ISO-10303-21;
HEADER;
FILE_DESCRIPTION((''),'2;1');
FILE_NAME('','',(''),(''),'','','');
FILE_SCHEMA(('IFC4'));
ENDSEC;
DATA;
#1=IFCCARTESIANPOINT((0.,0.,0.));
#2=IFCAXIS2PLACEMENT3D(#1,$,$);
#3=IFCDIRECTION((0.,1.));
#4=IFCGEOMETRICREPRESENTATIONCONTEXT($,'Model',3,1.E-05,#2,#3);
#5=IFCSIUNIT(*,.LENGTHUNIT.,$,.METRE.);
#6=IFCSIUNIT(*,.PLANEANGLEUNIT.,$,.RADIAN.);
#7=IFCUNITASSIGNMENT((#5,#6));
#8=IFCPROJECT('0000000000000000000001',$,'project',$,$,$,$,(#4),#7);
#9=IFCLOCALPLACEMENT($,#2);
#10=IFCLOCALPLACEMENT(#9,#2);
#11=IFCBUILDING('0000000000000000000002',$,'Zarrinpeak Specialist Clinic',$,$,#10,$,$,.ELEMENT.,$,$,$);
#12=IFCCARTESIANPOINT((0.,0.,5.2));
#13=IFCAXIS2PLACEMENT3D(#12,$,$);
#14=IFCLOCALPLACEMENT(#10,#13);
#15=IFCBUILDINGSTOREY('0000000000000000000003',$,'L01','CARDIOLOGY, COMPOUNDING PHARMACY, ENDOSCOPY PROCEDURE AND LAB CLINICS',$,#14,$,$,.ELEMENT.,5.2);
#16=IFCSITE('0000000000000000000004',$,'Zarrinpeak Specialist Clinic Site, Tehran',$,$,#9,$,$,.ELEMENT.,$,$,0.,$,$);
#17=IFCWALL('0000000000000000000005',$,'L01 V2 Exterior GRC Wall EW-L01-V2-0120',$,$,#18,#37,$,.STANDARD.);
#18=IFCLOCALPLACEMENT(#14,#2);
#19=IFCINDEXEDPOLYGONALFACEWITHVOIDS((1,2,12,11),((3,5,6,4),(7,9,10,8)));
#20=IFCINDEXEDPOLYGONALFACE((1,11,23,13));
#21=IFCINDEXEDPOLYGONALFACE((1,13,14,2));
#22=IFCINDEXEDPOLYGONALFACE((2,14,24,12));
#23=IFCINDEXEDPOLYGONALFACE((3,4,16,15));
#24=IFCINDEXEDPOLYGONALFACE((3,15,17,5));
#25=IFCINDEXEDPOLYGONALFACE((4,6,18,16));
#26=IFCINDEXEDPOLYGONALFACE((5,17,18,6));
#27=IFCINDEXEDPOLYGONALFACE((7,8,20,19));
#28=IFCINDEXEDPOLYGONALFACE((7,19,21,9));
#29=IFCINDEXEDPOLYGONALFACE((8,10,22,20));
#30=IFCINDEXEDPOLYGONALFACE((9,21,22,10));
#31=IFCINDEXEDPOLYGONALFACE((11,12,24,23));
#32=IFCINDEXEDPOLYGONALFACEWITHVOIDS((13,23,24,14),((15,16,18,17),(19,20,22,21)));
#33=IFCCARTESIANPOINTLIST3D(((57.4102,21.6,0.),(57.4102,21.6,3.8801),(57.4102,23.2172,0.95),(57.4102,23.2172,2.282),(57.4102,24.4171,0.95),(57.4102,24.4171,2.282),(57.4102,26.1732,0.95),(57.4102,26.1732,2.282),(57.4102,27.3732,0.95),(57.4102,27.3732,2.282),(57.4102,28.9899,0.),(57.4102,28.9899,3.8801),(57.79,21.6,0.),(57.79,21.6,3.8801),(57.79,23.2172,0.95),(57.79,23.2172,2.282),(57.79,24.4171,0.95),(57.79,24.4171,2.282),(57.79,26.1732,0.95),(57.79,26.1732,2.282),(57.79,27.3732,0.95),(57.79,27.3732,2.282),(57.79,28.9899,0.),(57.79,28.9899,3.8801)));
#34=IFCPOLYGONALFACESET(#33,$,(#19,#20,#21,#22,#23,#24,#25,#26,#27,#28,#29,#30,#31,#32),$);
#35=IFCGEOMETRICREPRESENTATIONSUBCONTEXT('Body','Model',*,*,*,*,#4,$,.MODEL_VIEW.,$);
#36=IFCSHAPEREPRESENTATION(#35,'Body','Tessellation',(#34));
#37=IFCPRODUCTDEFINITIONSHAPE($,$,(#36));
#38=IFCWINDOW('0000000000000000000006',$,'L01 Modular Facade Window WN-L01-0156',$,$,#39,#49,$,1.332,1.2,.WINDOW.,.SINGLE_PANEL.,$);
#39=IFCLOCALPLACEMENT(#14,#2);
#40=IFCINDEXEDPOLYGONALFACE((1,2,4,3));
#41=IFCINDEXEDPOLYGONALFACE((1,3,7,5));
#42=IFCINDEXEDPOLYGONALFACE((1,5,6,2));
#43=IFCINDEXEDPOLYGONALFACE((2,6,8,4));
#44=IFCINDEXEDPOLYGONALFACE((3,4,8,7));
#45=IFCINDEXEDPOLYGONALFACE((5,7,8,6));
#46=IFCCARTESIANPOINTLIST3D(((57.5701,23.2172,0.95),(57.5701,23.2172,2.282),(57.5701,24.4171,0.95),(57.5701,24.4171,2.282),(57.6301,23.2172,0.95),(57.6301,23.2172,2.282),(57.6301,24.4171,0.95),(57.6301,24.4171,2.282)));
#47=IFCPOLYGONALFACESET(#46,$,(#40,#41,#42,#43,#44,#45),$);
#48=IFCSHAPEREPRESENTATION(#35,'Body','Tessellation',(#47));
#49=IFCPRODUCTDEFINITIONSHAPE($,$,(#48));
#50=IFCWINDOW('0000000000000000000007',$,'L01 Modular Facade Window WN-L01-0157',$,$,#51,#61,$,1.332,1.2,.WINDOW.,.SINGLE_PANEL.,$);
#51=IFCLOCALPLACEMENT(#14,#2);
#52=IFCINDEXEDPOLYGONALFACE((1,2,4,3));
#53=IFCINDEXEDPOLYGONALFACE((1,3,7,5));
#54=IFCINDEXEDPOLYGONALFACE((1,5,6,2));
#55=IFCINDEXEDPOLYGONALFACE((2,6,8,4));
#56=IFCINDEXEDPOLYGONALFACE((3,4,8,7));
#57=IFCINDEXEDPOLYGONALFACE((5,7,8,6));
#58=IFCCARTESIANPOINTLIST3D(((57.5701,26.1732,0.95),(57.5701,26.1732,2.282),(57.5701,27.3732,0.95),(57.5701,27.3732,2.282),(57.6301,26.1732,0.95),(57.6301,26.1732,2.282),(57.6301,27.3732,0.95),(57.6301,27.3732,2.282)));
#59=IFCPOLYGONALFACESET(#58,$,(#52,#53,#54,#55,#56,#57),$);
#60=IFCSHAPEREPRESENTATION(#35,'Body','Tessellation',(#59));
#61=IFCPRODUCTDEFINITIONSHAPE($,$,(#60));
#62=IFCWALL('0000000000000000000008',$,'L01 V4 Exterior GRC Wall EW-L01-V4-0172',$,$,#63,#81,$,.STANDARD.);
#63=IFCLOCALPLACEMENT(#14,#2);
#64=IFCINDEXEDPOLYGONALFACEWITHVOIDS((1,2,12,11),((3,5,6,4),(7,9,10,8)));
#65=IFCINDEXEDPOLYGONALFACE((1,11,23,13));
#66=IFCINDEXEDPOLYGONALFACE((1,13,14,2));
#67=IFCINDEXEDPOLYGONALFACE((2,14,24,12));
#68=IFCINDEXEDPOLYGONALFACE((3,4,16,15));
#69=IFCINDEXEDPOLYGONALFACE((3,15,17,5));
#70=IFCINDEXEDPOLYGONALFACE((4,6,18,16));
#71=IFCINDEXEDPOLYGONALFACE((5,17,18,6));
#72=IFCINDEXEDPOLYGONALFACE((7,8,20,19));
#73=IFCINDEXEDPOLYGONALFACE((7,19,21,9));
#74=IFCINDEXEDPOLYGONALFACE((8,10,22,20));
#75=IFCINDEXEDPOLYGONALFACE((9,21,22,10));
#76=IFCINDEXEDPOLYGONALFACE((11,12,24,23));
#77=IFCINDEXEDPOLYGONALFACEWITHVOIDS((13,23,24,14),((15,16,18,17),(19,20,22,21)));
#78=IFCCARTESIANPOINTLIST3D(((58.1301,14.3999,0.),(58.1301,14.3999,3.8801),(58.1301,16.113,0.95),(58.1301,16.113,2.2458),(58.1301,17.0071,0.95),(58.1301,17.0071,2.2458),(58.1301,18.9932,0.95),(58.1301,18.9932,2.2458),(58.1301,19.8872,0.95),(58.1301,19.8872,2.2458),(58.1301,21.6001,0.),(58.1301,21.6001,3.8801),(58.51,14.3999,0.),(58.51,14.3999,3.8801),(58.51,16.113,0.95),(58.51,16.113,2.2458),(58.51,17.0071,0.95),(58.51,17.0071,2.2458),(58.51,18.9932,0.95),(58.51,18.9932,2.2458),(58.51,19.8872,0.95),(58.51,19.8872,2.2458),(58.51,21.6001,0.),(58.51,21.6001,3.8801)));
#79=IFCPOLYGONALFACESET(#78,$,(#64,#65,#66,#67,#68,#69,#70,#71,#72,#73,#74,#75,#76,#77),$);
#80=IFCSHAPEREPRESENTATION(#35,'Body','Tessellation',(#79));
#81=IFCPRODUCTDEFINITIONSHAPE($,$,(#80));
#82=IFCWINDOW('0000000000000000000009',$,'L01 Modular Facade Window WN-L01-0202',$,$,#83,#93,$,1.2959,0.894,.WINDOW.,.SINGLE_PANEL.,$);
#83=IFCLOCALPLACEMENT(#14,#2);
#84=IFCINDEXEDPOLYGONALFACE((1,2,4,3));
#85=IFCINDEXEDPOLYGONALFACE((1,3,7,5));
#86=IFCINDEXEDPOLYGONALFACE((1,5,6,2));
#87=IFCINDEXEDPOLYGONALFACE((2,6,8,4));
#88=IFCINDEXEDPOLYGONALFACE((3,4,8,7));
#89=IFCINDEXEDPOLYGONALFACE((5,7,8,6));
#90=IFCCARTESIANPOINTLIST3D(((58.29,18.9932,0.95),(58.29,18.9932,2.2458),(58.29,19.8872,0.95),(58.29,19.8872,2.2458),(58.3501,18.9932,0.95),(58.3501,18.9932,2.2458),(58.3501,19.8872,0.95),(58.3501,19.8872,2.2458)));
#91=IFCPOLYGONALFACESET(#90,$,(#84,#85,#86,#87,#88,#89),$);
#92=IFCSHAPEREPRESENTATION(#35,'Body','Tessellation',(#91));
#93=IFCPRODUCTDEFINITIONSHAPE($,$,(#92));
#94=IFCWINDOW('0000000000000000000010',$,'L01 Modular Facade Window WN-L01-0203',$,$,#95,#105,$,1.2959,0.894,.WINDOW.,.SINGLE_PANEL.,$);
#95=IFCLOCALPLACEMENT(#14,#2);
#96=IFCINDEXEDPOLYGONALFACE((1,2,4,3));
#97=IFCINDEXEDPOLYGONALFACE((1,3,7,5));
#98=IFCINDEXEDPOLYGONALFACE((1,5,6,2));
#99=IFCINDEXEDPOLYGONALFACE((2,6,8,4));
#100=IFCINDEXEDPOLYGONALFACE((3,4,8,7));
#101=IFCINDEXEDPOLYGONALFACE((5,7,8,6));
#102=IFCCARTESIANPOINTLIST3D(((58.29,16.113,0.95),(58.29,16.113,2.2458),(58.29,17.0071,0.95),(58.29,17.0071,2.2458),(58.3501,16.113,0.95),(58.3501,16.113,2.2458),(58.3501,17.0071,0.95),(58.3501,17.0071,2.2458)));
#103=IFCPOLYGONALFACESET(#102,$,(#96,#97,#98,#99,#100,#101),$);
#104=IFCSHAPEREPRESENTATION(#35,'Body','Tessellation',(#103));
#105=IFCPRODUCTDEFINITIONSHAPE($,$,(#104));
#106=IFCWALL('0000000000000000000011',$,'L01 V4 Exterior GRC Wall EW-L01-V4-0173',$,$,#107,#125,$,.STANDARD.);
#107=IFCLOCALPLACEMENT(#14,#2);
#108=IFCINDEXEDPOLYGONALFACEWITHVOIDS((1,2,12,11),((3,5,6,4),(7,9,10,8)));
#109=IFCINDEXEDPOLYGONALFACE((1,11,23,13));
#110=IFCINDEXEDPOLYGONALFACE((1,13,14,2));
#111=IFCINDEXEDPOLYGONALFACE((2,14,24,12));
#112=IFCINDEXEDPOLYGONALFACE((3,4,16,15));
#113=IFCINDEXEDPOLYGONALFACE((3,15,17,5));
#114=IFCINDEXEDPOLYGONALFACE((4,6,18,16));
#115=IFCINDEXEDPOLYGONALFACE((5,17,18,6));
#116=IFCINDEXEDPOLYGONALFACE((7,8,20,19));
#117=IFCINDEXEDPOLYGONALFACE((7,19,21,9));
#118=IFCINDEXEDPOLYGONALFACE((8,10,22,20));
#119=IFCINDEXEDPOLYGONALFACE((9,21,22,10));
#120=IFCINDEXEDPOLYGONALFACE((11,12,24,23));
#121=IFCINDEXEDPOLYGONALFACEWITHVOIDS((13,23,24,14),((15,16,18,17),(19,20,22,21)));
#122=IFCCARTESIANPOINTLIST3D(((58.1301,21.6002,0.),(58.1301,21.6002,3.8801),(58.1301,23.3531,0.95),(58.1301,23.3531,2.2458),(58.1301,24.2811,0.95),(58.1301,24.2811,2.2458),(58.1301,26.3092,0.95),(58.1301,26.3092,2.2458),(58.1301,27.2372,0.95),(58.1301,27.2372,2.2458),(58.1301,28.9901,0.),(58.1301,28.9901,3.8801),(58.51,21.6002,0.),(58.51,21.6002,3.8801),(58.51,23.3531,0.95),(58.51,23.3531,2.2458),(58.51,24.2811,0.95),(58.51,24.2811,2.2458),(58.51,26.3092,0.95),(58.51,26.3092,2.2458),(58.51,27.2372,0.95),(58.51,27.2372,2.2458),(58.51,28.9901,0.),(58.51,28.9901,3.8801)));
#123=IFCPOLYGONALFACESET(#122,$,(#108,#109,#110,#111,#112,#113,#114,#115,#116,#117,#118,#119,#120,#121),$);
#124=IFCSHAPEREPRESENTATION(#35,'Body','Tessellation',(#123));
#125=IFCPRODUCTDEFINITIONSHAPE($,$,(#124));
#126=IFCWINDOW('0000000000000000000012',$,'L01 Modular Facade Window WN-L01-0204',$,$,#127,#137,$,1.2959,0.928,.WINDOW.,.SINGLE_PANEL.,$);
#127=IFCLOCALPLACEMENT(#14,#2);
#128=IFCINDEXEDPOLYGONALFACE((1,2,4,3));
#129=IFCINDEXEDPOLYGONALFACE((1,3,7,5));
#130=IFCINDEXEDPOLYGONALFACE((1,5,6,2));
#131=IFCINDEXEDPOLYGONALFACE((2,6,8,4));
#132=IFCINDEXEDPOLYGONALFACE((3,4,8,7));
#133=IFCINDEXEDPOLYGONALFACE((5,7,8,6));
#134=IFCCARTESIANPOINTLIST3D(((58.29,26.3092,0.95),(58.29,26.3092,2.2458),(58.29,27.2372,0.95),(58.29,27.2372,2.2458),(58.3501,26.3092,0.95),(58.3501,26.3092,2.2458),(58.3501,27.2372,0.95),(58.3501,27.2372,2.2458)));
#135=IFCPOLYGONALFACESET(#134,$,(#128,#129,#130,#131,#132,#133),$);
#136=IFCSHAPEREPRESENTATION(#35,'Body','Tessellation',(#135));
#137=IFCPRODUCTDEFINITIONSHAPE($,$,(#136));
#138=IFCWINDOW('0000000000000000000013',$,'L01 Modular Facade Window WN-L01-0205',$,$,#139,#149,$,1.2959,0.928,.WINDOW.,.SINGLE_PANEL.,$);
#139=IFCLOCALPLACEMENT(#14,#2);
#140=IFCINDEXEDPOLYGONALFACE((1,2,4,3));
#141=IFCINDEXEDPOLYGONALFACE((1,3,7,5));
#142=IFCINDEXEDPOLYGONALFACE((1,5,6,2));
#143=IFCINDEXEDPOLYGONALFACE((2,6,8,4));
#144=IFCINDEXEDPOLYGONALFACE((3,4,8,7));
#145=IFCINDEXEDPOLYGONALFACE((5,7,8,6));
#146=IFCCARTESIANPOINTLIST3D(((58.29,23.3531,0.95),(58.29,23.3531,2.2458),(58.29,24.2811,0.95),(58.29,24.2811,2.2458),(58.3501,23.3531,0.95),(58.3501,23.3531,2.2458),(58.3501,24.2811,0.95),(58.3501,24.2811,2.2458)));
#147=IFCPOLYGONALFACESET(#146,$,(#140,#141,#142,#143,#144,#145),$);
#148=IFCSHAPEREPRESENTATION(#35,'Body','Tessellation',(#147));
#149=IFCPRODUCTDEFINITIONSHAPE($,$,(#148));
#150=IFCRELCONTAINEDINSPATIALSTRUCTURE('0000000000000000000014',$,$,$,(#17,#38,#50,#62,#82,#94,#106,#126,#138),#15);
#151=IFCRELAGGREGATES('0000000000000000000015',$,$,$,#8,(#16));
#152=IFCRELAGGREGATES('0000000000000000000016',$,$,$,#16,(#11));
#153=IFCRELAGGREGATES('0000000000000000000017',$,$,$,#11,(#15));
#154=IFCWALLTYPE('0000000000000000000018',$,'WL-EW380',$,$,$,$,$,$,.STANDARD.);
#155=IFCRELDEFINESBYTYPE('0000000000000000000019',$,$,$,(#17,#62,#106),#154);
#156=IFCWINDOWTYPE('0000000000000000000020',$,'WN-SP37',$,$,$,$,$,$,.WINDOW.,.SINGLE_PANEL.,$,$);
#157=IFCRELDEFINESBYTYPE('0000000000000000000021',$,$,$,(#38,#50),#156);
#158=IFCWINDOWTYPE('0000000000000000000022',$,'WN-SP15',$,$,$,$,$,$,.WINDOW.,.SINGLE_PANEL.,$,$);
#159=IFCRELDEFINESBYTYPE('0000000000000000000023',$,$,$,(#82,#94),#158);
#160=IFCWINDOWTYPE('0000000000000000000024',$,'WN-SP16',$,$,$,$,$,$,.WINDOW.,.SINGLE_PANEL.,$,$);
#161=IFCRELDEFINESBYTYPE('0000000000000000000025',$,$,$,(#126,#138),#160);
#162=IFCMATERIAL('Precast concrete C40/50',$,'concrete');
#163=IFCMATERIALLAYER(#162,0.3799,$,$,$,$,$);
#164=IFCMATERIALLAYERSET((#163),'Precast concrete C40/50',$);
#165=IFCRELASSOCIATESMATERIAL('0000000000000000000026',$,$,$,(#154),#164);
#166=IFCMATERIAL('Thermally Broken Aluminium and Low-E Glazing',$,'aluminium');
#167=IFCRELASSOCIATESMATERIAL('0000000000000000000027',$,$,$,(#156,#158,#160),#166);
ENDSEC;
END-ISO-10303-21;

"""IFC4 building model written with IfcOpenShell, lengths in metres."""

from ifc_helpers import new_model, si_unit, direction, frame, frame_2d, origin, place, context, subcontext, project, spatial, rectangle, extrude, material, layer, layer_set, type_object, element, fill, save


model = new_model("IFC4")

# Units and contexts
model_context = context("Model", 3, precision=1e-05, world=origin(), true_north=direction((0.0, 1.0)))
body_context = subcontext(model_context, "Body", "Model", "MODEL_VIEW")
ifc_project = project(units=[si_unit("LENGTHUNIT", "METRE"), si_unit("PLANEANGLEUNIT", "RADIAN")], contexts=[model_context])

# Site, building, storey
site_placement = place(None, origin())
site = spatial("IfcSite", under=ifc_project, at=site_placement, Name="Zarrinpeak Specialist Clinic Site, Tehran", CompositionType="ELEMENT", RefElevation=0.0)
building_placement = place(site_placement, origin())
building = spatial("IfcBuilding", under=site, at=building_placement, Name="Zarrinpeak Specialist Clinic", CompositionType="ELEMENT")
storey_placement = place(building_placement, frame((0.0, 0.0, 5.2)))
storey = spatial("IfcBuildingStorey", under=building, at=storey_placement, Name="L01", Description="CARDIOLOGY, COMPOUNDING PHARMACY, ENDOSCOPY PROCEDURE AND LAB CLINICS", CompositionType="ELEMENT", Elevation=5.2)

# Shared definitions
ifc_material_1 = material(Name="Precast concrete C40/50", Category="concrete")
ifc_layer = layer(ifc_material_1, 0.3799)
ifc_layer_set = layer_set([ifc_layer], Name="Precast concrete C40/50")
wall_type = type_object("IfcWallType", Name="WL-EW380", PredefinedType="STANDARD", material=ifc_layer_set)
ifc_material_2 = material(Name="Thermally Broken Aluminium and Low-E Glazing", Category="aluminium")

# Walls, openings, windows
wall_1_placement = place(storey_placement, frame((57.6001, 21.6001, 0.0), z_axis=(0.0, 0.0, 1.0), x_axis=(0.0, 1.0, 0.0)))
wall_1 = element("IfcWall", 1, at=wall_1_placement, inside=storey, type_object=wall_type, Name="L01 V2 Exterior GRC Wall EW-L01-V2-0120", PredefinedType="STANDARD", context=body_context, shape_type="SweptSolid", body=[
    extrude(rectangle(XDim=7.3899, YDim=0.3799, at=frame_2d((3.6948, 0.0))), origin(), (0.0, 0.0, 1.0), 3.8801),
])
opening_1_placement = place(wall_1_placement, frame((1.6169, 0.0, 0.95)))
opening_1 = element("IfcOpeningElement", 2, at=opening_1_placement, cuts=wall_1, PredefinedType="OPENING", context=body_context, shape_type="SweptSolid", body=[
    extrude(rectangle(XDim=1.2, YDim=1.332, at=frame_2d((0.6001, 0.666))), frame((0.0, 0.2, 0.0), z_axis=(0.0, -1.0, 0.0), x_axis=(1.0, 0.0, 0.0)), (0.0, 0.0, 1.0), 0.3999),
])
opening_2_placement = place(wall_1_placement, frame((4.573, 0.0, 0.95)))
opening_2 = element("IfcOpeningElement", 3, at=opening_2_placement, cuts=wall_1, PredefinedType="OPENING", context=body_context, shape_type="SweptSolid", body=[
    extrude(rectangle(XDim=1.2, YDim=1.332, at=frame_2d((0.6001, 0.666))), frame((0.0, 0.2, 0.0), z_axis=(0.0, -1.0, 0.0), x_axis=(1.0, 0.0, 0.0)), (0.0, 0.0, 1.0), 0.3999),
])
window_type_1 = type_object("IfcWindowType", Name="WN-SP37", PartitioningType="SINGLE_PANEL", PredefinedType="WINDOW", material=ifc_material_2)
window_1_placement = place(opening_1_placement, origin())
window_1 = element("IfcWindow", 4, at=window_1_placement, inside=storey, type_object=window_type_1, Name="L01 Modular Facade Window WN-L01-0156", OverallHeight=1.332, OverallWidth=1.2, PartitioningType="SINGLE_PANEL", PredefinedType="WINDOW", context=body_context, shape_type="SweptSolid", body=[
    extrude(rectangle(XDim=1.2, YDim=1.332, at=frame_2d((0.6001, 0.666))), frame((0.0, 0.03, 0.0), z_axis=(0.0, -1.0, 0.0), x_axis=(1.0, 0.0, 0.0)), (0.0, 0.0, 1.0), 0.0601),
])
fill(opening_1, window_1)
window_2_placement = place(opening_2_placement, origin())
window_2 = element("IfcWindow", 5, at=window_2_placement, inside=storey, type_object=window_type_1, Name="L01 Modular Facade Window WN-L01-0157", OverallHeight=1.332, OverallWidth=1.2, PartitioningType="SINGLE_PANEL", PredefinedType="WINDOW", context=body_context, shape_type="SweptSolid", body=[
    extrude(rectangle(XDim=1.2, YDim=1.332, at=frame_2d((0.6001, 0.666))), frame((0.0, 0.03, 0.0), z_axis=(0.0, -1.0, 0.0), x_axis=(1.0, 0.0, 0.0)), (0.0, 0.0, 1.0), 0.0601),
])
fill(opening_2, window_2)
wall_2_placement = place(storey_placement, frame((58.3201, 21.6001, 0.0), z_axis=(0.0, 0.0, 1.0), x_axis=(0.0, -1.0, 0.0)))
wall_2 = element("IfcWall", 6, at=wall_2_placement, inside=storey, type_object=wall_type, Name="L01 V4 Exterior GRC Wall EW-L01-V4-0172", PredefinedType="STANDARD", context=body_context, shape_type="SweptSolid", body=[
    extrude(rectangle(XDim=7.2002, YDim=0.3799, at=frame_2d((3.6001, 0.0))), origin(), (0.0, 0.0, 1.0), 3.8801),
])
opening_3_placement = place(wall_2_placement, frame((1.7129, 0.0, 0.95)))
opening_3 = element("IfcOpeningElement", 7, at=opening_3_placement, cuts=wall_2, PredefinedType="OPENING", context=body_context, shape_type="SweptSolid", body=[
    extrude(rectangle(XDim=0.894, YDim=1.2959, at=frame_2d((0.447, 0.6479))), frame((0.0, 0.2, 0.0), z_axis=(0.0, -1.0, 0.0), x_axis=(1.0, 0.0, 0.0)), (0.0, 0.0, 1.0), 0.3999),
])
opening_4_placement = place(wall_2_placement, frame((4.593, 0.0, 0.95)))
opening_4 = element("IfcOpeningElement", 8, at=opening_4_placement, cuts=wall_2, PredefinedType="OPENING", context=body_context, shape_type="SweptSolid", body=[
    extrude(rectangle(XDim=0.894, YDim=1.2959, at=frame_2d((0.447, 0.6479))), frame((0.0, 0.2, 0.0), z_axis=(0.0, -1.0, 0.0), x_axis=(1.0, 0.0, 0.0)), (0.0, 0.0, 1.0), 0.3999),
])
window_type_2 = type_object("IfcWindowType", Name="WN-SP15", PartitioningType="SINGLE_PANEL", PredefinedType="WINDOW", material=ifc_material_2)
window_3_placement = place(opening_3_placement, origin())
window_3 = element("IfcWindow", 9, at=window_3_placement, inside=storey, type_object=window_type_2, Name="L01 Modular Facade Window WN-L01-0202", OverallHeight=1.2959, OverallWidth=0.894, PartitioningType="SINGLE_PANEL", PredefinedType="WINDOW", context=body_context, shape_type="SweptSolid", body=[
    extrude(rectangle(XDim=0.894, YDim=1.2959, at=frame_2d((0.447, 0.6479))), frame((0.0, 0.03, 0.0), z_axis=(0.0, -1.0, 0.0), x_axis=(1.0, 0.0, 0.0)), (0.0, 0.0, 1.0), 0.0601),
])
fill(opening_3, window_3)
window_4_placement = place(opening_4_placement, origin())
window_4 = element("IfcWindow", 10, at=window_4_placement, inside=storey, type_object=window_type_2, Name="L01 Modular Facade Window WN-L01-0203", OverallHeight=1.2959, OverallWidth=0.894, PartitioningType="SINGLE_PANEL", PredefinedType="WINDOW", context=body_context, shape_type="SweptSolid", body=[
    extrude(rectangle(XDim=0.894, YDim=1.2959, at=frame_2d((0.447, 0.6479))), frame((0.0, 0.03, 0.0), z_axis=(0.0, -1.0, 0.0), x_axis=(1.0, 0.0, 0.0)), (0.0, 0.0, 1.0), 0.0601),
])
fill(opening_4, window_4)
wall_3_placement = place(storey_placement, frame((58.3201, 28.99, 0.0), z_axis=(0.0, 0.0, 1.0), x_axis=(0.0, -1.0, 0.0)))
wall_3 = element("IfcWall", 11, at=wall_3_placement, inside=storey, type_object=wall_type, Name="L01 V4 Exterior GRC Wall EW-L01-V4-0173", PredefinedType="STANDARD", context=body_context, shape_type="SweptSolid", body=[
    extrude(rectangle(XDim=7.3899, YDim=0.3799, at=frame_2d((3.6948, 0.0))), origin(), (0.0, 0.0, 1.0), 3.8801),
])
opening_5_placement = place(wall_3_placement, frame((1.7529, 0.0, 0.95)))
opening_5 = element("IfcOpeningElement", 12, at=opening_5_placement, cuts=wall_3, PredefinedType="OPENING", context=body_context, shape_type="SweptSolid", body=[
    extrude(rectangle(XDim=0.928, YDim=1.2959, at=frame_2d((0.4639, 0.6479))), frame((0.0, 0.2, 0.0), z_axis=(0.0, -1.0, 0.0), x_axis=(1.0, 0.0, 0.0)), (0.0, 0.0, 1.0), 0.3999),
])
opening_6_placement = place(wall_3_placement, frame((4.709, 0.0, 0.95)))
opening_6 = element("IfcOpeningElement", 13, at=opening_6_placement, cuts=wall_3, PredefinedType="OPENING", context=body_context, shape_type="SweptSolid", body=[
    extrude(rectangle(XDim=0.928, YDim=1.2959, at=frame_2d((0.4639, 0.6479))), frame((0.0, 0.2, 0.0), z_axis=(0.0, -1.0, 0.0), x_axis=(1.0, 0.0, 0.0)), (0.0, 0.0, 1.0), 0.3999),
])
window_type_3 = type_object("IfcWindowType", Name="WN-SP16", PartitioningType="SINGLE_PANEL", PredefinedType="WINDOW", material=ifc_material_2)
window_5_placement = place(opening_5_placement, origin())
window_5 = element("IfcWindow", 14, at=window_5_placement, inside=storey, type_object=window_type_3, Name="L01 Modular Facade Window WN-L01-0204", OverallHeight=1.2959, OverallWidth=0.928, PartitioningType="SINGLE_PANEL", PredefinedType="WINDOW", context=body_context, shape_type="SweptSolid", body=[
    extrude(rectangle(XDim=0.928, YDim=1.2959, at=frame_2d((0.4639, 0.6479))), frame((0.0, 0.03, 0.0), z_axis=(0.0, -1.0, 0.0), x_axis=(1.0, 0.0, 0.0)), (0.0, 0.0, 1.0), 0.0601),
])
fill(opening_5, window_5)
window_6_placement = place(opening_6_placement, origin())
window_6 = element("IfcWindow", 15, at=window_6_placement, inside=storey, type_object=window_type_3, Name="L01 Modular Facade Window WN-L01-0205", OverallHeight=1.2959, OverallWidth=0.928, PartitioningType="SINGLE_PANEL", PredefinedType="WINDOW", context=body_context, shape_type="SweptSolid", body=[
    extrude(rectangle(XDim=0.928, YDim=1.2959, at=frame_2d((0.4639, 0.6479))), frame((0.0, 0.03, 0.0), z_axis=(0.0, -1.0, 0.0), x_axis=(1.0, 0.0, 0.0)), (0.0, 0.0, 1.0), 0.0601),
])
fill(opening_6, window_6)

save(model, "model.ifc")
